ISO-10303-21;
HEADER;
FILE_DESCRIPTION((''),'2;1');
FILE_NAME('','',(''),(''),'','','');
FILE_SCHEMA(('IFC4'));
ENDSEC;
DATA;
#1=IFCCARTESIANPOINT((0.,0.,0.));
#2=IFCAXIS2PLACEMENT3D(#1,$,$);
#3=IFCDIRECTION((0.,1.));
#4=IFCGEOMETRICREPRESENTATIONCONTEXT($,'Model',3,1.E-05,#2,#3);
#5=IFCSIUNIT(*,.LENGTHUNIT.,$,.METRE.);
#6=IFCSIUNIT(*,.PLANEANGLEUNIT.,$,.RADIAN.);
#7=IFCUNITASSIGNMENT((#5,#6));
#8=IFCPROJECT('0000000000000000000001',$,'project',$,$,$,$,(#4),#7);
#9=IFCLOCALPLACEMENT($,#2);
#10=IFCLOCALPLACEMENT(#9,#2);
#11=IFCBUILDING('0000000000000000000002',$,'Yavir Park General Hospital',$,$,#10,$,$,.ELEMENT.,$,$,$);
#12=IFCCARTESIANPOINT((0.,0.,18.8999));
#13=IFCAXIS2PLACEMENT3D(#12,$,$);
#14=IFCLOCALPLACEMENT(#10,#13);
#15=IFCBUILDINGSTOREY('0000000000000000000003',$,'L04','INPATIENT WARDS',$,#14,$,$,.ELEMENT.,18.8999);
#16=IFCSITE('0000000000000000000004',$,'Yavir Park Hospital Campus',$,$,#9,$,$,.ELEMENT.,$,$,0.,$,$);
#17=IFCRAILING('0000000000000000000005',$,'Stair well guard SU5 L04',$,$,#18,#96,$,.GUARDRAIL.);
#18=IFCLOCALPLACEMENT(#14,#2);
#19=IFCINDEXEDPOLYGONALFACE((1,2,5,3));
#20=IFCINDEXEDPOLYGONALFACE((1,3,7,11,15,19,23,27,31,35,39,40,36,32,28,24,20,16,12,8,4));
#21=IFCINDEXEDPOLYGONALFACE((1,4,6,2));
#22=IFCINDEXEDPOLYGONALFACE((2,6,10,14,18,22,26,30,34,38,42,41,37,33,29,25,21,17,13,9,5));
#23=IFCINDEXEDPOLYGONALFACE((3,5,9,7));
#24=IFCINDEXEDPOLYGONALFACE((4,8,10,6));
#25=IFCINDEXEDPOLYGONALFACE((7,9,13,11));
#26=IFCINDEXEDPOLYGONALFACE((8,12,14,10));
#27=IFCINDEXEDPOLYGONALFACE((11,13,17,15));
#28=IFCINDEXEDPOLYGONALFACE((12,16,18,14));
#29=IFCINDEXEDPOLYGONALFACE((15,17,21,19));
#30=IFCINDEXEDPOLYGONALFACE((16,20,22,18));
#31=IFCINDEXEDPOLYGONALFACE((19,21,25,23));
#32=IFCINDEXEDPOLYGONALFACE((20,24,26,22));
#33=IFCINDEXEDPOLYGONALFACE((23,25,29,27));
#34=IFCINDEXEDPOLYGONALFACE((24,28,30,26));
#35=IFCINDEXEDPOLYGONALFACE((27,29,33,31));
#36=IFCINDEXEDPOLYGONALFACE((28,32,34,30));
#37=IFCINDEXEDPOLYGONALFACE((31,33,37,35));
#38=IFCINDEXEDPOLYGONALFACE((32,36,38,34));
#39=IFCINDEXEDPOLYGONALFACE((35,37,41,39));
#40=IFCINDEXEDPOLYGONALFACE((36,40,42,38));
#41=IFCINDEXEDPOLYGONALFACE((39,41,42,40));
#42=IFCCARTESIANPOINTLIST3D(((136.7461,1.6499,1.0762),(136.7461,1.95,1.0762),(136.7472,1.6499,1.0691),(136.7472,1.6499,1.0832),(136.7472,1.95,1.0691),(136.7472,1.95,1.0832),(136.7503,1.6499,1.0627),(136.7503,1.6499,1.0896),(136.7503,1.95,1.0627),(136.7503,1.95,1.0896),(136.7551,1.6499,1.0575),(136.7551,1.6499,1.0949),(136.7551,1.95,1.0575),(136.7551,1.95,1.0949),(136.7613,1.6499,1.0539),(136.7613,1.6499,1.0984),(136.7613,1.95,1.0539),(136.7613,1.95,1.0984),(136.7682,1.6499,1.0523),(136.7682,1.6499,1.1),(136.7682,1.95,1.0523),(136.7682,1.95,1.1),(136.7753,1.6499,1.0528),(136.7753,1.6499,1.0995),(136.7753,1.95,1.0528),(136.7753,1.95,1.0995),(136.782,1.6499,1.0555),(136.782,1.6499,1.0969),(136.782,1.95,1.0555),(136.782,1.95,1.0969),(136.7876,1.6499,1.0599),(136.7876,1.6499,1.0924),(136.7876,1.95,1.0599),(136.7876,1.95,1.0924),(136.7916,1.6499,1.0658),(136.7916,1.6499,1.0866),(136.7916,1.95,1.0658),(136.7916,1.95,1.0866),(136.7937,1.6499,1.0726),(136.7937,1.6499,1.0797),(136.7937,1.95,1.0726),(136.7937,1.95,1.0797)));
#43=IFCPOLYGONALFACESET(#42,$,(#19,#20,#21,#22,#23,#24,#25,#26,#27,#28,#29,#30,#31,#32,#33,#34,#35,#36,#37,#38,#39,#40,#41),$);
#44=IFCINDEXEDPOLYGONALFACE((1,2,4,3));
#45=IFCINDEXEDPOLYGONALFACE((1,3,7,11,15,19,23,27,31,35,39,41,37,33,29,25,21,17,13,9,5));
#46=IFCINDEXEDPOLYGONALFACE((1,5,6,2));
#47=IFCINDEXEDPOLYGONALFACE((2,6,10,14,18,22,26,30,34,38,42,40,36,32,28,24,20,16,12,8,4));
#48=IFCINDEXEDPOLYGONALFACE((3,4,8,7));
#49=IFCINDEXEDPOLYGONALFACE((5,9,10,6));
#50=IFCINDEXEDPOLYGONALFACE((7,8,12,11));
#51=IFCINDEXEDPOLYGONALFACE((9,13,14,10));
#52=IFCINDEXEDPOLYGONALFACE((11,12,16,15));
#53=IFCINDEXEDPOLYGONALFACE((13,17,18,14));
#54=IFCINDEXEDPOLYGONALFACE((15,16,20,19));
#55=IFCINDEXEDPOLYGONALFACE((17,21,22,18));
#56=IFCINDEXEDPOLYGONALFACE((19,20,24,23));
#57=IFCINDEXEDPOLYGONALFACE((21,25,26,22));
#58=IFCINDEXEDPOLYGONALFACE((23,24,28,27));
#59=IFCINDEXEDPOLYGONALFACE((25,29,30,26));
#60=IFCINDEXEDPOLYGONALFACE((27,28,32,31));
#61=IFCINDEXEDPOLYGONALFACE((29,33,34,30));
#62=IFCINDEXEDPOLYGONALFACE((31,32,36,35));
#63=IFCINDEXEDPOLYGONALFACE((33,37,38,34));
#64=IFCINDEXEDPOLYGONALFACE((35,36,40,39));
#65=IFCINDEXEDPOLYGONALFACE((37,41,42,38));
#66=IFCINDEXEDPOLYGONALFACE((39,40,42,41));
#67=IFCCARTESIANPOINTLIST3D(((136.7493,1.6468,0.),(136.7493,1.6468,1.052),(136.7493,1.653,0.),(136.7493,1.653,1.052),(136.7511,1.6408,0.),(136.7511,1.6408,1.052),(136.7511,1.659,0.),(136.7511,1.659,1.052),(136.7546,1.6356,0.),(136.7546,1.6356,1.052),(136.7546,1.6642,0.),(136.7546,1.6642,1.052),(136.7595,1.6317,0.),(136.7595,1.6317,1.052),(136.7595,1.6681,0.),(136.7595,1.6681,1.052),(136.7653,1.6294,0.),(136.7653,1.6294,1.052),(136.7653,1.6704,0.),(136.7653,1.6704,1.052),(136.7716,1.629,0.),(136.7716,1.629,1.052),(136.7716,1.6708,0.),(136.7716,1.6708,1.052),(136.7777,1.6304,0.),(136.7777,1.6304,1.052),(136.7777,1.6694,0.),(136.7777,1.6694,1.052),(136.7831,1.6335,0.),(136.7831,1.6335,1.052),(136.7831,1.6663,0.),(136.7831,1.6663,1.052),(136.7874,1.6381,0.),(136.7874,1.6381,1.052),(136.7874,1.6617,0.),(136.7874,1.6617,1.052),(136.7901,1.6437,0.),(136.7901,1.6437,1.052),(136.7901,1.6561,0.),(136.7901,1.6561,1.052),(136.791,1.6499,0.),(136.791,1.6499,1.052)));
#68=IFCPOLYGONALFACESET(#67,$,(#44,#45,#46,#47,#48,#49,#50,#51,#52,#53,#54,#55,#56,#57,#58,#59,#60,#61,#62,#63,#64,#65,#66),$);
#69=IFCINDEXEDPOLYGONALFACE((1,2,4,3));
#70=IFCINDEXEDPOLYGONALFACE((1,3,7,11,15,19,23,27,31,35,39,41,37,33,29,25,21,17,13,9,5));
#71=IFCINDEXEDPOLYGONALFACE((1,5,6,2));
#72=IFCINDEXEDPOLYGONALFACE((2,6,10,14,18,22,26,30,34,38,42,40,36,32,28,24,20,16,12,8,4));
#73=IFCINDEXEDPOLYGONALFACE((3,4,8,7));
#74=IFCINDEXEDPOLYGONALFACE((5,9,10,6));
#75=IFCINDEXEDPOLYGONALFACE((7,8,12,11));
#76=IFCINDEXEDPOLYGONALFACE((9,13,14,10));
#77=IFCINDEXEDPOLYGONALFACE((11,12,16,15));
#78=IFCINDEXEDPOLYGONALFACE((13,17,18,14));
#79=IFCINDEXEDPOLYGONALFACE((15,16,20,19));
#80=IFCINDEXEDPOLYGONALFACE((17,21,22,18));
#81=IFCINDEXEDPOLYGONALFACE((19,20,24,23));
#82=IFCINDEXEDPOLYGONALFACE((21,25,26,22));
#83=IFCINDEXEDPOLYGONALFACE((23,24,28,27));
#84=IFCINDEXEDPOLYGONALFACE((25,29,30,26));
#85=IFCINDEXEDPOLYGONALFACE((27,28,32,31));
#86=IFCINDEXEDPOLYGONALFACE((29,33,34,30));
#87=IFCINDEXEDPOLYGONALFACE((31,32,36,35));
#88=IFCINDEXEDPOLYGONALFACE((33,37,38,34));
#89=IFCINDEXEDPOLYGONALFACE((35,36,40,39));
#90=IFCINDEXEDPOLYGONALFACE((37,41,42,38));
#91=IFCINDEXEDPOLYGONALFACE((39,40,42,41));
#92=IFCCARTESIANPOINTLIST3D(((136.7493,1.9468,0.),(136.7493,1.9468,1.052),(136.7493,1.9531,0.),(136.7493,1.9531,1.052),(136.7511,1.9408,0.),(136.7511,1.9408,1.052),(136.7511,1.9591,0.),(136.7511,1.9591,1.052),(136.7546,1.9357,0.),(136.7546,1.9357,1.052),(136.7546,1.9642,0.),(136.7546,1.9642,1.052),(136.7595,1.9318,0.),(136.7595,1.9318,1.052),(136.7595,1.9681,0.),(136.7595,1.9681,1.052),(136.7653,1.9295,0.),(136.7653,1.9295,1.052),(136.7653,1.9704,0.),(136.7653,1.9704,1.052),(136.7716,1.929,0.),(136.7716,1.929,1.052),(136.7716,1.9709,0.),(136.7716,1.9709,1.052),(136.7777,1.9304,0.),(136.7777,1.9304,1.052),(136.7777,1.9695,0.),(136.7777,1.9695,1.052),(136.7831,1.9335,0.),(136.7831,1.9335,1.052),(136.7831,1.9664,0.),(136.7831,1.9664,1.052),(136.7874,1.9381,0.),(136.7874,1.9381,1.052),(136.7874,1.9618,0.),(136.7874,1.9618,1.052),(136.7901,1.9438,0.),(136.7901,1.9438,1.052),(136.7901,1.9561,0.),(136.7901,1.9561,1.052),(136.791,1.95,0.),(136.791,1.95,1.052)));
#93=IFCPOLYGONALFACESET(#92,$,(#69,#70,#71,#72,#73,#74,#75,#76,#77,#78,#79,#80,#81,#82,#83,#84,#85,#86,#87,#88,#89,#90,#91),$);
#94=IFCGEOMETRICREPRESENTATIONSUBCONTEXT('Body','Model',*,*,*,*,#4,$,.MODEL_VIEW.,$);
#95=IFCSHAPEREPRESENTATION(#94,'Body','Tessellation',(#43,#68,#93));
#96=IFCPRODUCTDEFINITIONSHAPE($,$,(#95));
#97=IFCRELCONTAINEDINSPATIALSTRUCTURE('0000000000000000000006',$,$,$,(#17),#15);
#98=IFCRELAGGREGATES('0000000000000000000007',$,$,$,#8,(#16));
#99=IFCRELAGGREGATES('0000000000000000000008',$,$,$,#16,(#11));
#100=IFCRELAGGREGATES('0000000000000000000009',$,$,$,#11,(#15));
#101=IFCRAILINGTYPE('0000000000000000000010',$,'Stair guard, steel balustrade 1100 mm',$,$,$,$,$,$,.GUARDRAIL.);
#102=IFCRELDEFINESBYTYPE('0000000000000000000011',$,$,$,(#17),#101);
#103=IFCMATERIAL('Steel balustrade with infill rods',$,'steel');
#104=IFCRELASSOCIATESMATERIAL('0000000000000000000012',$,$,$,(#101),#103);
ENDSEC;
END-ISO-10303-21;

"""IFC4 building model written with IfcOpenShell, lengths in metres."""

from ifc_helpers import new_model, si_unit, direction, frame, origin, origin_2d, place, context, subcontext, project, spatial, circle, extrude, material, type_object, element, save


model = new_model("IFC4")

# Units and contexts
model_context = context("Model", 3, precision=1e-05, world=origin(), true_north=direction((0.0, 1.0)))
body_context = subcontext(model_context, "Body", "Model", "MODEL_VIEW")
ifc_project = project(units=[si_unit("LENGTHUNIT", "METRE"), si_unit("PLANEANGLEUNIT", "RADIAN")], contexts=[model_context])

# Site, building, storey
site_placement = place(None, origin())
site = spatial("IfcSite", under=ifc_project, at=site_placement, Name="Yavir Park Hospital Campus", CompositionType="ELEMENT", RefElevation=0.0)
building_placement = place(site_placement, origin())
building = spatial("IfcBuilding", under=site, at=building_placement, Name="Yavir Park General Hospital", CompositionType="ELEMENT")
storey_placement = place(building_placement, frame((0.0, 0.0, 18.8999)))
storey = spatial("IfcBuildingStorey", under=building, at=storey_placement, Name="L04", Description="INPATIENT WARDS", CompositionType="ELEMENT", Elevation=18.8999)

# Railing
ifc_material_1 = material(Name="Steel balustrade with infill rods", Category="steel")
railing_type_1 = type_object("IfcRailingType", Name="Stair guard, steel balustrade 1100 mm", PredefinedType="GUARDRAIL", material=ifc_material_1)
railing_placement = place(storey_placement, frame((136.77, 1.6499, 0.0)))
element("IfcRailing", 1, at=railing_placement, inside=storey, type_object=railing_type_1, Name="Stair well guard SU5 L04", PredefinedType="GUARDRAIL", context=body_context, shape_type="SweptSolid", body=[
    extrude(circle(Radius=0.0239, at=origin_2d()), frame((0.0, 0.0, 1.0762), z_axis=(0.0, 1.0, 0.0), x_axis=(-1.0, 0.0, 0.0)), (0.0, 0.0, 1.0), 0.3),
    extrude(circle(Radius=0.021, at=origin_2d()), origin(), (0.0, 0.0, 1.0), 1.052),
    extrude(circle(Radius=0.021, at=origin_2d()), frame((0.0, 0.3, 0.0)), (0.0, 0.0, 1.0), 1.052),
])

save(model, "model.ifc")
